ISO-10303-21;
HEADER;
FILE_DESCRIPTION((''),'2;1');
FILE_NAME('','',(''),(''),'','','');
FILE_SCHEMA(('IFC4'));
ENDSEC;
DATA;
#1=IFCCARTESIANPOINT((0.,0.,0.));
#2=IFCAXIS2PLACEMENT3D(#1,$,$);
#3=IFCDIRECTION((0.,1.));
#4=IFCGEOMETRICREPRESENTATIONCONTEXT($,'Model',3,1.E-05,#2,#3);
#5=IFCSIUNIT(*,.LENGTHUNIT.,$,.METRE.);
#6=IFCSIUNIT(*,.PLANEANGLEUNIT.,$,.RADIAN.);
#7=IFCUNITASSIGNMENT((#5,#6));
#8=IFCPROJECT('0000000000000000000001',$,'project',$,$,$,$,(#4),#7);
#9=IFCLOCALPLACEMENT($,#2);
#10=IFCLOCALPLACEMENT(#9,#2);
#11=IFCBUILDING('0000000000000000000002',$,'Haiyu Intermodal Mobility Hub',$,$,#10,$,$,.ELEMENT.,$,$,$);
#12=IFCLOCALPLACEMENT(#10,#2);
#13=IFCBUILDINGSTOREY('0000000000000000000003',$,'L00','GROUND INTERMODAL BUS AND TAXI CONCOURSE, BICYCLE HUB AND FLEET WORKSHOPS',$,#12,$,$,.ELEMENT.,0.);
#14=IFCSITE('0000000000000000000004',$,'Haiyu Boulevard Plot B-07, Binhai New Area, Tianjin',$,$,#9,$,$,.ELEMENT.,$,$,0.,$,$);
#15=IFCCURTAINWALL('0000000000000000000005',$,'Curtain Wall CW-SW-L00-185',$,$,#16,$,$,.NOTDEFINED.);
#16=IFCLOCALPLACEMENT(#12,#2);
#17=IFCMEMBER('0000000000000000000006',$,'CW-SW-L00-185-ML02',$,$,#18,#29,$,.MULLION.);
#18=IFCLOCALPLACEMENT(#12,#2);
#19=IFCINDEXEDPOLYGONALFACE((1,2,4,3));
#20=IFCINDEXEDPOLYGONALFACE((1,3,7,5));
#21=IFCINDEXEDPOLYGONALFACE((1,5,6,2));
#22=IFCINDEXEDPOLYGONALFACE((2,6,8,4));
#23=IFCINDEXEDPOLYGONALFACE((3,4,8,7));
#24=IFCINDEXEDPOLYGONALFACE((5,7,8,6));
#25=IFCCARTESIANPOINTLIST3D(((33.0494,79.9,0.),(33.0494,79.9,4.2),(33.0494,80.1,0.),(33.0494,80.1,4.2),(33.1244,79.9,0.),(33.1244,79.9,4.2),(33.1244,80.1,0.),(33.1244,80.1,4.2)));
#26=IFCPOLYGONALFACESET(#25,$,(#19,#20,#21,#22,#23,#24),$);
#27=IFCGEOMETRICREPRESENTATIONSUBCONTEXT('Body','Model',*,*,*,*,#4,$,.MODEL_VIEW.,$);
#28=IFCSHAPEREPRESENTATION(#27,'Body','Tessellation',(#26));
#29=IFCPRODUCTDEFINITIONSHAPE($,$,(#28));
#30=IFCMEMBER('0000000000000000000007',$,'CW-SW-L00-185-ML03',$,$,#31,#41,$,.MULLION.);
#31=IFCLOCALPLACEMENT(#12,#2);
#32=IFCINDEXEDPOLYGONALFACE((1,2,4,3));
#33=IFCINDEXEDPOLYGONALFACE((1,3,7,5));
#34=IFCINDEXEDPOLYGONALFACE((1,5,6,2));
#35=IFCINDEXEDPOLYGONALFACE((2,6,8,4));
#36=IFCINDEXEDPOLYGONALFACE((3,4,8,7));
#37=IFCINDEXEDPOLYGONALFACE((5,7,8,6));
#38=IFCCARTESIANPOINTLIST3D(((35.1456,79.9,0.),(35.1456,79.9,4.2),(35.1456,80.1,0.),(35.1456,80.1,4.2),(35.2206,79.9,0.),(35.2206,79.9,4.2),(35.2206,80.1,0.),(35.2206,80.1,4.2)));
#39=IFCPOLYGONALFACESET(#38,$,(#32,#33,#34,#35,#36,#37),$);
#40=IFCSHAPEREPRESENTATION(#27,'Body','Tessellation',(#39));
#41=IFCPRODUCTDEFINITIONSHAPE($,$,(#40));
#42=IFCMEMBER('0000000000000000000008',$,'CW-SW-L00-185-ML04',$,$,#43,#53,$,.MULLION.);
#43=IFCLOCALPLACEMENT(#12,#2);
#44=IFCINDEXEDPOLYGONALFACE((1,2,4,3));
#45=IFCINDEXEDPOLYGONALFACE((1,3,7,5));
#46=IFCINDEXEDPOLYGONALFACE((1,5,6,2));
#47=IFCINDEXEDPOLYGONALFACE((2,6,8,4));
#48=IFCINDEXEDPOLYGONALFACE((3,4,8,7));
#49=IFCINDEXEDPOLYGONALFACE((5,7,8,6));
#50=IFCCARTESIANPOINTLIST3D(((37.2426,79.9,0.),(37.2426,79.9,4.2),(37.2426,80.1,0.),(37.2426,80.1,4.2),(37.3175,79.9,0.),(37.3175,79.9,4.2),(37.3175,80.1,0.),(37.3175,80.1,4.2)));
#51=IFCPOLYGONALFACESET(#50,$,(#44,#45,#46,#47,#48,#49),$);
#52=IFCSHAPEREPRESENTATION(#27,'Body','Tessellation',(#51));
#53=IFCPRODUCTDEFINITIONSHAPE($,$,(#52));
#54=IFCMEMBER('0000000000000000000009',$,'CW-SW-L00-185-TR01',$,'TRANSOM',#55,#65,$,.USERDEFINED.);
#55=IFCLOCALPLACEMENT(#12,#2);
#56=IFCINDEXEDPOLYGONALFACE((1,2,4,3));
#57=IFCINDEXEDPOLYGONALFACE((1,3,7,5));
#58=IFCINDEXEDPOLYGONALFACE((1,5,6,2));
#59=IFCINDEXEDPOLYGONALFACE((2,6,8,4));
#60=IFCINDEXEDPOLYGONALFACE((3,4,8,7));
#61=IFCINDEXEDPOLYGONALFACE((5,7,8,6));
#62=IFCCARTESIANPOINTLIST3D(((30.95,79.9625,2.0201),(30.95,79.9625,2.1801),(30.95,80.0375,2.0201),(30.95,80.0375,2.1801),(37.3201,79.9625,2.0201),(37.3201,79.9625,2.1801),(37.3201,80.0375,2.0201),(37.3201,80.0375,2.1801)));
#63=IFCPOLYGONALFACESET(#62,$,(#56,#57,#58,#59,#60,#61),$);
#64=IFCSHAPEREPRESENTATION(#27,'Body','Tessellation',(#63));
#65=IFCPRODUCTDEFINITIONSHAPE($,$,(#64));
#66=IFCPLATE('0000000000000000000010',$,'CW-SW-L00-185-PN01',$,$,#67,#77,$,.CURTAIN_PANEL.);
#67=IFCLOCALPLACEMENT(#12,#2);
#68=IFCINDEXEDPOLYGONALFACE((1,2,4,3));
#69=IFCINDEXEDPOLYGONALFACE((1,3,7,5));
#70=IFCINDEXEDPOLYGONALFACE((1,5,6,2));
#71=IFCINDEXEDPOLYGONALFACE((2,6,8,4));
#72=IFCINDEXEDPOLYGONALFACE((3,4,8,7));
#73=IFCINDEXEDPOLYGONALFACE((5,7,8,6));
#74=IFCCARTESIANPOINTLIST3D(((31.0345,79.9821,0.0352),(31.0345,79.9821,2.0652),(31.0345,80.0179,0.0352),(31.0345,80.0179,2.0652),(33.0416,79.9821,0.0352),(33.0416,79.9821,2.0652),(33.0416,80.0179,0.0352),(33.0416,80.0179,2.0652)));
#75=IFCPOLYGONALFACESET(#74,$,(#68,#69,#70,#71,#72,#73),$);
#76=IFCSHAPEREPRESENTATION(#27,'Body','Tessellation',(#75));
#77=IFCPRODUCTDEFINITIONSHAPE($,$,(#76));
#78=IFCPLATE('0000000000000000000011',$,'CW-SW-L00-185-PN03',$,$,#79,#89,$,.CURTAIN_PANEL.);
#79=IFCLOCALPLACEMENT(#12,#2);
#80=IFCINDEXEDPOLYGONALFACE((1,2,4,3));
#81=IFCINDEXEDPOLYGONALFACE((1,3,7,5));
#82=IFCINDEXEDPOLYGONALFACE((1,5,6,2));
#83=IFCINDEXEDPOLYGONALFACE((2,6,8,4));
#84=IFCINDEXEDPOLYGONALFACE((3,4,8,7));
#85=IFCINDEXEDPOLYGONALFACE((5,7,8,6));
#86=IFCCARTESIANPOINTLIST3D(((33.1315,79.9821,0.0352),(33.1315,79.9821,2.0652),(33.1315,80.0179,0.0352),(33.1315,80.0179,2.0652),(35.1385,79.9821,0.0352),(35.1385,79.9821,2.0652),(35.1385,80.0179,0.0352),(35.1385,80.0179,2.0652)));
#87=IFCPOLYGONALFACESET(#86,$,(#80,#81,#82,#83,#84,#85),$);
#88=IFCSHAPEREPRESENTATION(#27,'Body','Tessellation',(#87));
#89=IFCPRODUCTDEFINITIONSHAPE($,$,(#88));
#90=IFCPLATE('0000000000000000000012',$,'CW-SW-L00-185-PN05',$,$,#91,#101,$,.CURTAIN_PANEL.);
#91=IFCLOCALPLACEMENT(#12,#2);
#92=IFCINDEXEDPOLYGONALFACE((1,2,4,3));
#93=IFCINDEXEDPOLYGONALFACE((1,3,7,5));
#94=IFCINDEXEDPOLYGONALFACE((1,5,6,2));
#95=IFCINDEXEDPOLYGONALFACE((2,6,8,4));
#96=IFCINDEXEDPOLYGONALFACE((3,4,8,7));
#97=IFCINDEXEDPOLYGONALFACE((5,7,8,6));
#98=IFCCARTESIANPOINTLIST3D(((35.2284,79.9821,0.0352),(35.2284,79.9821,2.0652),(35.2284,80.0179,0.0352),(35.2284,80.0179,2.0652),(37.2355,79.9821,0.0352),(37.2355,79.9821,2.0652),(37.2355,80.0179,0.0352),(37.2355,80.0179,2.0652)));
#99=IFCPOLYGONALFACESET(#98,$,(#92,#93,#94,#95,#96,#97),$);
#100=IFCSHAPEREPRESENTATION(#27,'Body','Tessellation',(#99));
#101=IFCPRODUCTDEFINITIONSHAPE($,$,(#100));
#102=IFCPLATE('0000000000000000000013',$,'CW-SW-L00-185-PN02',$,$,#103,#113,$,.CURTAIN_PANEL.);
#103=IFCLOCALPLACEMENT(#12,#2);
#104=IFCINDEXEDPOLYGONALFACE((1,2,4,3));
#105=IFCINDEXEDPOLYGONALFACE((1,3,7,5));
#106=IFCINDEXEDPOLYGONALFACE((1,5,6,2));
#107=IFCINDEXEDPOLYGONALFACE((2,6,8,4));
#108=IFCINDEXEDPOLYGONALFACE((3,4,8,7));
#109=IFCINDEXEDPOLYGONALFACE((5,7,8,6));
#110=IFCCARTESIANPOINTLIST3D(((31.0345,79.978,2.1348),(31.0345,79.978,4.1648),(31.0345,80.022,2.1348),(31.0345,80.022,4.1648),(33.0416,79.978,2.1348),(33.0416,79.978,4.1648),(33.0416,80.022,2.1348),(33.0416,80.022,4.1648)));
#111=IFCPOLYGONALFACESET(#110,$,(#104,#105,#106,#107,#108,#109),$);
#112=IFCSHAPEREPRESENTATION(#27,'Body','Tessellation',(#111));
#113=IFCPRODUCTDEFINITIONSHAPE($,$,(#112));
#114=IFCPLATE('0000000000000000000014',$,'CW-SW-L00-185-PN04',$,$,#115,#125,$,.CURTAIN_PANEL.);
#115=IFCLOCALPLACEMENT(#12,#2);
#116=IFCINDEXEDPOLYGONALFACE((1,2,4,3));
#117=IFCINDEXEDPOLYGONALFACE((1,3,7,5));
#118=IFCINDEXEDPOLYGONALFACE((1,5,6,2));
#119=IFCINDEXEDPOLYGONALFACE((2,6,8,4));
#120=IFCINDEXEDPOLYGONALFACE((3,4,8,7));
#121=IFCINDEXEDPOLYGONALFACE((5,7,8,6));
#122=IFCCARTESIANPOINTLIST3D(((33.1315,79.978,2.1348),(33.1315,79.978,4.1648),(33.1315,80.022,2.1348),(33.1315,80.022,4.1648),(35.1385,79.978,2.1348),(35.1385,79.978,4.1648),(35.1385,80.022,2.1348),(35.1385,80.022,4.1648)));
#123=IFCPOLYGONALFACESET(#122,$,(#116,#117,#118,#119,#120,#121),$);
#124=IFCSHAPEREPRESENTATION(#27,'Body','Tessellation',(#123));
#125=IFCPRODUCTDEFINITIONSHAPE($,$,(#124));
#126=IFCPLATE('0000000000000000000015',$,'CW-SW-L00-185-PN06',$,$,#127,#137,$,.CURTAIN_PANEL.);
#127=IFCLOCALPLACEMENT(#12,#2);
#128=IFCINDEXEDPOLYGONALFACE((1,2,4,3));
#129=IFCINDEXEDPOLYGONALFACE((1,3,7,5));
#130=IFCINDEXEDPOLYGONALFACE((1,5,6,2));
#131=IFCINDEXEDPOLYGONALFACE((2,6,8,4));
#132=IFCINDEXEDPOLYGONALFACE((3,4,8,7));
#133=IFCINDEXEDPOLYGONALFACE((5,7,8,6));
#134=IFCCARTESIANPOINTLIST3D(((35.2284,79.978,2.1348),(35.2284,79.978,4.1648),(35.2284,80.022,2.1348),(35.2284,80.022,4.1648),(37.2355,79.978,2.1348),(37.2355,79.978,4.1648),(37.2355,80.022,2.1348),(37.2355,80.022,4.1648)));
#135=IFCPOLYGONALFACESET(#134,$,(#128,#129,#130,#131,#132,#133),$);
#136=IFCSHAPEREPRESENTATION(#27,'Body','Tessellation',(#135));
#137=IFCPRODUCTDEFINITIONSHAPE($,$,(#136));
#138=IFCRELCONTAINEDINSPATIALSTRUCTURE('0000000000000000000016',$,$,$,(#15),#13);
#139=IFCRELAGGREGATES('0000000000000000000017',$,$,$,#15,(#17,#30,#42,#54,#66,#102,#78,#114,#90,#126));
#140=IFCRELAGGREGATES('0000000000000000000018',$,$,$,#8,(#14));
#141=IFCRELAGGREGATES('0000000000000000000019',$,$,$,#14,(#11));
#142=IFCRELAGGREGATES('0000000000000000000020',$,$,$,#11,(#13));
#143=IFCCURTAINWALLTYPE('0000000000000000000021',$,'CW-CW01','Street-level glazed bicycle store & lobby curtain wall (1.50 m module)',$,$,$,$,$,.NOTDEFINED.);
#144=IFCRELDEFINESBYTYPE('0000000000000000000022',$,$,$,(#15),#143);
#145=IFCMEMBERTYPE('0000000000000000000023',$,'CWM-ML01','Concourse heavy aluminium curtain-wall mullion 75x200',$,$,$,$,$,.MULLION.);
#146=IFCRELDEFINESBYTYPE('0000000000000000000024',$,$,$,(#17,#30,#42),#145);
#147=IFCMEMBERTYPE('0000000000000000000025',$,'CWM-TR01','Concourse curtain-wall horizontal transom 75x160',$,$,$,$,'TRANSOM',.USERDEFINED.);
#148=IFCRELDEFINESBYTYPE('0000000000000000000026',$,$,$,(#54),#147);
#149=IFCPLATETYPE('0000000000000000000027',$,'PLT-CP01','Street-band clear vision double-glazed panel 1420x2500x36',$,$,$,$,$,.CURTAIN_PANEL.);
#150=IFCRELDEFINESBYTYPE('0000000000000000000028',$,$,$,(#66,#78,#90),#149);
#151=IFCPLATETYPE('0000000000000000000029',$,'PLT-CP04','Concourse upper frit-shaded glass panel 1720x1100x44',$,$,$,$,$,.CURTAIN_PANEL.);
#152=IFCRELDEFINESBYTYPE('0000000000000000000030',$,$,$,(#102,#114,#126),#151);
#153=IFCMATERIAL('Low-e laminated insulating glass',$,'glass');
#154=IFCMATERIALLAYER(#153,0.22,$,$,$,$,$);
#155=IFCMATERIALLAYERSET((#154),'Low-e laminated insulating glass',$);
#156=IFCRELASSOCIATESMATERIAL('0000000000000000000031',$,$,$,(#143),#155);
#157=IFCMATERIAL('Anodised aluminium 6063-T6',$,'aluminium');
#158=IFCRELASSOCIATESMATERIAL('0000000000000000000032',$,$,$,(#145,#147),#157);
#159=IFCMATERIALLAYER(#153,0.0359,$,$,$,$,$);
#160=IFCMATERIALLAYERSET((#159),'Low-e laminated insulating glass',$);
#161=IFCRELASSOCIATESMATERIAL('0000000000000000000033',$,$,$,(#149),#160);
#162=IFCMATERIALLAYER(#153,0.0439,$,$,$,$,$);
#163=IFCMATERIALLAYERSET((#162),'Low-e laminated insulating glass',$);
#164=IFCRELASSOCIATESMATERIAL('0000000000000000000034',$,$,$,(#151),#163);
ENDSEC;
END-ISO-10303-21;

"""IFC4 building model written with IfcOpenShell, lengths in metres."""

from ifc_helpers import new_model, si_unit, direction, frame, origin, origin_2d, place, context, subcontext, project, spatial, rectangle, extrude, material, layer, layer_set, material_profile, profile_set, type_object, element, aggregate, save


model = new_model("IFC4")

# Units and contexts
model_context = context("Model", 3, precision=1e-05, world=origin(), true_north=direction((0.0, 1.0)))
body_context = subcontext(model_context, "Body", "Model", "MODEL_VIEW")
ifc_project = project(units=[si_unit("LENGTHUNIT", "METRE"), si_unit("PLANEANGLEUNIT", "RADIAN")], contexts=[model_context])

# Site, building, storey
site_placement = place(None, origin())
site = spatial("IfcSite", under=ifc_project, at=site_placement, Name="Haiyu Boulevard Plot B-07, Binhai New Area, Tianjin", CompositionType="ELEMENT", RefElevation=0.0)
building_placement = place(site_placement, origin())
building = spatial("IfcBuilding", under=site, at=building_placement, Name="Haiyu Intermodal Mobility Hub", CompositionType="ELEMENT")
storey_placement = place(building_placement, origin())
storey = spatial("IfcBuildingStorey", under=building, at=storey_placement, Name="L00", Description="GROUND INTERMODAL BUS AND TAXI CONCOURSE, BICYCLE HUB AND FLEET WORKSHOPS", CompositionType="ELEMENT", Elevation=0.0)

# Shared definitions
ifc_material_1 = material(Name="Low-e laminated insulating glass", Category="glass")
ifc_layer_1 = layer(ifc_material_1, 0.22)
ifc_layer_set_1 = layer_set([ifc_layer_1], Name="Low-e laminated insulating glass")
curtain_wall_type = type_object("IfcCurtainWallType", Name="CW-CW01", Description="Street-level glazed bicycle store & lobby curtain wall (1.50 m module)", PredefinedType="NOTDEFINED", material=ifc_layer_set_1)
ifc_material_2 = material(Name="Anodised aluminium 6063-T6", Category="aluminium")
ifc_material_profile_1 = material_profile(ifc_material_2, rectangle(XDim=0.075, YDim=0.2, at=origin_2d()), Name="ALU75x200")
ifc_profile_set_1 = profile_set([ifc_material_profile_1], Name="Anodised aluminium 6063-T6")
member_type_1 = type_object("IfcMemberType", Name="CWM-ML01", Description="Concourse heavy aluminium curtain-wall mullion 75x200", PredefinedType="MULLION", material=ifc_profile_set_1)

# Curtain wall, members, plates
curtain_wall_1_placement = place(storey_placement, origin())
curtain_wall_1 = element("IfcCurtainWall", 1, at=curtain_wall_1_placement, inside=storey, type_object=curtain_wall_type, Name="Curtain Wall CW-SW-L00-185", PredefinedType="NOTDEFINED")
member_1_placement = place(storey_placement, frame((33.0869, 80.0, 0.0), z_axis=(0.0, 0.0, 1.0), x_axis=(1.0, 0.0, 0.0)))
member_1 = element("IfcMember", 2, at=member_1_placement, type_object=member_type_1, Name="CW-SW-L00-185-ML02", PredefinedType="MULLION", context=body_context, shape_type="SweptSolid", body=[
    extrude(rectangle(XDim=0.075, YDim=0.2, at=origin_2d()), origin(), (0.0, 0.0, 1.0), 4.2),
])
member_2_placement = place(storey_placement, frame((35.1831, 80.0, 0.0), z_axis=(0.0, 0.0, 1.0), x_axis=(1.0, 0.0, 0.0)))
member_2 = element("IfcMember", 3, at=member_2_placement, type_object=member_type_1, Name="CW-SW-L00-185-ML03", PredefinedType="MULLION", context=body_context, shape_type="SweptSolid", body=[
    extrude(rectangle(XDim=0.075, YDim=0.2, at=origin_2d()), origin(), (0.0, 0.0, 1.0), 4.2),
])
member_3_placement = place(storey_placement, frame((37.28, 80.0, 0.0), z_axis=(0.0, 0.0, 1.0), x_axis=(1.0, 0.0, 0.0)))
member_3 = element("IfcMember", 4, at=member_3_placement, type_object=member_type_1, Name="CW-SW-L00-185-ML04", PredefinedType="MULLION", context=body_context, shape_type="SweptSolid", body=[
    extrude(rectangle(XDim=0.075, YDim=0.2, at=origin_2d()), origin(), (0.0, 0.0, 1.0), 4.2),
])
ifc_material_profile_2 = material_profile(ifc_material_2, rectangle(XDim=0.075, YDim=0.1599, at=origin_2d()), Name="ALU75x160")
ifc_profile_set_2 = profile_set([ifc_material_profile_2], Name="Anodised aluminium 6063-T6")
member_type_2 = type_object("IfcMemberType", Name="CWM-TR01", Description="Concourse curtain-wall horizontal transom 75x160", ElementType="TRANSOM", PredefinedType="USERDEFINED", material=ifc_profile_set_2)
member_4_placement = place(storey_placement, frame((30.95, 80.0, 2.1001), z_axis=(1.0, 0.0, 0.0), x_axis=(0.0, 1.0, 0.0)))
member_4 = element("IfcMember", 5, at=member_4_placement, type_object=member_type_2, Name="CW-SW-L00-185-TR01", ObjectType="TRANSOM", PredefinedType="USERDEFINED", context=body_context, shape_type="SweptSolid", body=[
    extrude(rectangle(XDim=0.075, YDim=0.1599, at=origin_2d()), origin(), (0.0, 0.0, 1.0), 6.3701),
])
ifc_layer_2 = layer(ifc_material_1, 0.0359)
ifc_layer_set_2 = layer_set([ifc_layer_2], Name="Low-e laminated insulating glass")
plate_type_1 = type_object("IfcPlateType", Name="PLT-CP01", Description="Street-band clear vision double-glazed panel 1420x2500x36", PredefinedType="CURTAIN_PANEL", material=ifc_layer_set_2)
plate_1_placement = place(storey_placement, frame((32.0381, 80.0, 0.0352), z_axis=(0.0, 0.0, 1.0), x_axis=(1.0, 0.0, 0.0)))
plate_1 = element("IfcPlate", 6, at=plate_1_placement, type_object=plate_type_1, Name="CW-SW-L00-185-PN01", PredefinedType="CURTAIN_PANEL", context=body_context, shape_type="SweptSolid", body=[
    extrude(rectangle(XDim=2.0071, YDim=0.0359, at=origin_2d()), origin(), (0.0, 0.0, 1.0), 2.03),
])
plate_2_placement = place(storey_placement, frame((34.135, 80.0, 0.0352), z_axis=(0.0, 0.0, 1.0), x_axis=(1.0, 0.0, 0.0)))
plate_2 = element("IfcPlate", 7, at=plate_2_placement, type_object=plate_type_1, Name="CW-SW-L00-185-PN03", PredefinedType="CURTAIN_PANEL", context=body_context, shape_type="SweptSolid", body=[
    extrude(rectangle(XDim=2.0071, YDim=0.0359, at=origin_2d()), origin(), (0.0, 0.0, 1.0), 2.03),
])
plate_3_placement = place(storey_placement, frame((36.2319, 80.0, 0.0352), z_axis=(0.0, 0.0, 1.0), x_axis=(1.0, 0.0, 0.0)))
plate_3 = element("IfcPlate", 8, at=plate_3_placement, type_object=plate_type_1, Name="CW-SW-L00-185-PN05", PredefinedType="CURTAIN_PANEL", context=body_context, shape_type="SweptSolid", body=[
    extrude(rectangle(XDim=2.0071, YDim=0.0359, at=origin_2d()), origin(), (0.0, 0.0, 1.0), 2.03),
])
ifc_layer_3 = layer(ifc_material_1, 0.0439)
ifc_layer_set_3 = layer_set([ifc_layer_3], Name="Low-e laminated insulating glass")
plate_type_2 = type_object("IfcPlateType", Name="PLT-CP04", Description="Concourse upper frit-shaded glass panel 1720x1100x44", PredefinedType="CURTAIN_PANEL", material=ifc_layer_set_3)
plate_4_placement = place(storey_placement, frame((32.0381, 80.0, 2.1348), z_axis=(0.0, 0.0, 1.0), x_axis=(1.0, 0.0, 0.0)))
plate_4 = element("IfcPlate", 9, at=plate_4_placement, type_object=plate_type_2, Name="CW-SW-L00-185-PN02", PredefinedType="CURTAIN_PANEL", context=body_context, shape_type="SweptSolid", body=[
    extrude(rectangle(XDim=2.0071, YDim=0.0439, at=origin_2d()), origin(), (0.0, 0.0, 1.0), 2.03),
])
plate_5_placement = place(storey_placement, frame((34.135, 80.0, 2.1348), z_axis=(0.0, 0.0, 1.0), x_axis=(1.0, 0.0, 0.0)))
plate_5 = element("IfcPlate", 10, at=plate_5_placement, type_object=plate_type_2, Name="CW-SW-L00-185-PN04", PredefinedType="CURTAIN_PANEL", context=body_context, shape_type="SweptSolid", body=[
    extrude(rectangle(XDim=2.0071, YDim=0.0439, at=origin_2d()), origin(), (0.0, 0.0, 1.0), 2.03),
])
plate_6_placement = place(storey_placement, frame((36.2319, 80.0, 2.1348), z_axis=(0.0, 0.0, 1.0), x_axis=(1.0, 0.0, 0.0)))
plate_6 = element("IfcPlate", 11, at=plate_6_placement, type_object=plate_type_2, Name="CW-SW-L00-185-PN06", PredefinedType="CURTAIN_PANEL", context=body_context, shape_type="SweptSolid", body=[
    extrude(rectangle(XDim=2.0071, YDim=0.0439, at=origin_2d()), origin(), (0.0, 0.0, 1.0), 2.03),
])
aggregate(curtain_wall_1, [member_1, member_2, member_3, member_4, plate_1, plate_4, plate_2, plate_5, plate_3, plate_6])

save(model, "model.ifc")
